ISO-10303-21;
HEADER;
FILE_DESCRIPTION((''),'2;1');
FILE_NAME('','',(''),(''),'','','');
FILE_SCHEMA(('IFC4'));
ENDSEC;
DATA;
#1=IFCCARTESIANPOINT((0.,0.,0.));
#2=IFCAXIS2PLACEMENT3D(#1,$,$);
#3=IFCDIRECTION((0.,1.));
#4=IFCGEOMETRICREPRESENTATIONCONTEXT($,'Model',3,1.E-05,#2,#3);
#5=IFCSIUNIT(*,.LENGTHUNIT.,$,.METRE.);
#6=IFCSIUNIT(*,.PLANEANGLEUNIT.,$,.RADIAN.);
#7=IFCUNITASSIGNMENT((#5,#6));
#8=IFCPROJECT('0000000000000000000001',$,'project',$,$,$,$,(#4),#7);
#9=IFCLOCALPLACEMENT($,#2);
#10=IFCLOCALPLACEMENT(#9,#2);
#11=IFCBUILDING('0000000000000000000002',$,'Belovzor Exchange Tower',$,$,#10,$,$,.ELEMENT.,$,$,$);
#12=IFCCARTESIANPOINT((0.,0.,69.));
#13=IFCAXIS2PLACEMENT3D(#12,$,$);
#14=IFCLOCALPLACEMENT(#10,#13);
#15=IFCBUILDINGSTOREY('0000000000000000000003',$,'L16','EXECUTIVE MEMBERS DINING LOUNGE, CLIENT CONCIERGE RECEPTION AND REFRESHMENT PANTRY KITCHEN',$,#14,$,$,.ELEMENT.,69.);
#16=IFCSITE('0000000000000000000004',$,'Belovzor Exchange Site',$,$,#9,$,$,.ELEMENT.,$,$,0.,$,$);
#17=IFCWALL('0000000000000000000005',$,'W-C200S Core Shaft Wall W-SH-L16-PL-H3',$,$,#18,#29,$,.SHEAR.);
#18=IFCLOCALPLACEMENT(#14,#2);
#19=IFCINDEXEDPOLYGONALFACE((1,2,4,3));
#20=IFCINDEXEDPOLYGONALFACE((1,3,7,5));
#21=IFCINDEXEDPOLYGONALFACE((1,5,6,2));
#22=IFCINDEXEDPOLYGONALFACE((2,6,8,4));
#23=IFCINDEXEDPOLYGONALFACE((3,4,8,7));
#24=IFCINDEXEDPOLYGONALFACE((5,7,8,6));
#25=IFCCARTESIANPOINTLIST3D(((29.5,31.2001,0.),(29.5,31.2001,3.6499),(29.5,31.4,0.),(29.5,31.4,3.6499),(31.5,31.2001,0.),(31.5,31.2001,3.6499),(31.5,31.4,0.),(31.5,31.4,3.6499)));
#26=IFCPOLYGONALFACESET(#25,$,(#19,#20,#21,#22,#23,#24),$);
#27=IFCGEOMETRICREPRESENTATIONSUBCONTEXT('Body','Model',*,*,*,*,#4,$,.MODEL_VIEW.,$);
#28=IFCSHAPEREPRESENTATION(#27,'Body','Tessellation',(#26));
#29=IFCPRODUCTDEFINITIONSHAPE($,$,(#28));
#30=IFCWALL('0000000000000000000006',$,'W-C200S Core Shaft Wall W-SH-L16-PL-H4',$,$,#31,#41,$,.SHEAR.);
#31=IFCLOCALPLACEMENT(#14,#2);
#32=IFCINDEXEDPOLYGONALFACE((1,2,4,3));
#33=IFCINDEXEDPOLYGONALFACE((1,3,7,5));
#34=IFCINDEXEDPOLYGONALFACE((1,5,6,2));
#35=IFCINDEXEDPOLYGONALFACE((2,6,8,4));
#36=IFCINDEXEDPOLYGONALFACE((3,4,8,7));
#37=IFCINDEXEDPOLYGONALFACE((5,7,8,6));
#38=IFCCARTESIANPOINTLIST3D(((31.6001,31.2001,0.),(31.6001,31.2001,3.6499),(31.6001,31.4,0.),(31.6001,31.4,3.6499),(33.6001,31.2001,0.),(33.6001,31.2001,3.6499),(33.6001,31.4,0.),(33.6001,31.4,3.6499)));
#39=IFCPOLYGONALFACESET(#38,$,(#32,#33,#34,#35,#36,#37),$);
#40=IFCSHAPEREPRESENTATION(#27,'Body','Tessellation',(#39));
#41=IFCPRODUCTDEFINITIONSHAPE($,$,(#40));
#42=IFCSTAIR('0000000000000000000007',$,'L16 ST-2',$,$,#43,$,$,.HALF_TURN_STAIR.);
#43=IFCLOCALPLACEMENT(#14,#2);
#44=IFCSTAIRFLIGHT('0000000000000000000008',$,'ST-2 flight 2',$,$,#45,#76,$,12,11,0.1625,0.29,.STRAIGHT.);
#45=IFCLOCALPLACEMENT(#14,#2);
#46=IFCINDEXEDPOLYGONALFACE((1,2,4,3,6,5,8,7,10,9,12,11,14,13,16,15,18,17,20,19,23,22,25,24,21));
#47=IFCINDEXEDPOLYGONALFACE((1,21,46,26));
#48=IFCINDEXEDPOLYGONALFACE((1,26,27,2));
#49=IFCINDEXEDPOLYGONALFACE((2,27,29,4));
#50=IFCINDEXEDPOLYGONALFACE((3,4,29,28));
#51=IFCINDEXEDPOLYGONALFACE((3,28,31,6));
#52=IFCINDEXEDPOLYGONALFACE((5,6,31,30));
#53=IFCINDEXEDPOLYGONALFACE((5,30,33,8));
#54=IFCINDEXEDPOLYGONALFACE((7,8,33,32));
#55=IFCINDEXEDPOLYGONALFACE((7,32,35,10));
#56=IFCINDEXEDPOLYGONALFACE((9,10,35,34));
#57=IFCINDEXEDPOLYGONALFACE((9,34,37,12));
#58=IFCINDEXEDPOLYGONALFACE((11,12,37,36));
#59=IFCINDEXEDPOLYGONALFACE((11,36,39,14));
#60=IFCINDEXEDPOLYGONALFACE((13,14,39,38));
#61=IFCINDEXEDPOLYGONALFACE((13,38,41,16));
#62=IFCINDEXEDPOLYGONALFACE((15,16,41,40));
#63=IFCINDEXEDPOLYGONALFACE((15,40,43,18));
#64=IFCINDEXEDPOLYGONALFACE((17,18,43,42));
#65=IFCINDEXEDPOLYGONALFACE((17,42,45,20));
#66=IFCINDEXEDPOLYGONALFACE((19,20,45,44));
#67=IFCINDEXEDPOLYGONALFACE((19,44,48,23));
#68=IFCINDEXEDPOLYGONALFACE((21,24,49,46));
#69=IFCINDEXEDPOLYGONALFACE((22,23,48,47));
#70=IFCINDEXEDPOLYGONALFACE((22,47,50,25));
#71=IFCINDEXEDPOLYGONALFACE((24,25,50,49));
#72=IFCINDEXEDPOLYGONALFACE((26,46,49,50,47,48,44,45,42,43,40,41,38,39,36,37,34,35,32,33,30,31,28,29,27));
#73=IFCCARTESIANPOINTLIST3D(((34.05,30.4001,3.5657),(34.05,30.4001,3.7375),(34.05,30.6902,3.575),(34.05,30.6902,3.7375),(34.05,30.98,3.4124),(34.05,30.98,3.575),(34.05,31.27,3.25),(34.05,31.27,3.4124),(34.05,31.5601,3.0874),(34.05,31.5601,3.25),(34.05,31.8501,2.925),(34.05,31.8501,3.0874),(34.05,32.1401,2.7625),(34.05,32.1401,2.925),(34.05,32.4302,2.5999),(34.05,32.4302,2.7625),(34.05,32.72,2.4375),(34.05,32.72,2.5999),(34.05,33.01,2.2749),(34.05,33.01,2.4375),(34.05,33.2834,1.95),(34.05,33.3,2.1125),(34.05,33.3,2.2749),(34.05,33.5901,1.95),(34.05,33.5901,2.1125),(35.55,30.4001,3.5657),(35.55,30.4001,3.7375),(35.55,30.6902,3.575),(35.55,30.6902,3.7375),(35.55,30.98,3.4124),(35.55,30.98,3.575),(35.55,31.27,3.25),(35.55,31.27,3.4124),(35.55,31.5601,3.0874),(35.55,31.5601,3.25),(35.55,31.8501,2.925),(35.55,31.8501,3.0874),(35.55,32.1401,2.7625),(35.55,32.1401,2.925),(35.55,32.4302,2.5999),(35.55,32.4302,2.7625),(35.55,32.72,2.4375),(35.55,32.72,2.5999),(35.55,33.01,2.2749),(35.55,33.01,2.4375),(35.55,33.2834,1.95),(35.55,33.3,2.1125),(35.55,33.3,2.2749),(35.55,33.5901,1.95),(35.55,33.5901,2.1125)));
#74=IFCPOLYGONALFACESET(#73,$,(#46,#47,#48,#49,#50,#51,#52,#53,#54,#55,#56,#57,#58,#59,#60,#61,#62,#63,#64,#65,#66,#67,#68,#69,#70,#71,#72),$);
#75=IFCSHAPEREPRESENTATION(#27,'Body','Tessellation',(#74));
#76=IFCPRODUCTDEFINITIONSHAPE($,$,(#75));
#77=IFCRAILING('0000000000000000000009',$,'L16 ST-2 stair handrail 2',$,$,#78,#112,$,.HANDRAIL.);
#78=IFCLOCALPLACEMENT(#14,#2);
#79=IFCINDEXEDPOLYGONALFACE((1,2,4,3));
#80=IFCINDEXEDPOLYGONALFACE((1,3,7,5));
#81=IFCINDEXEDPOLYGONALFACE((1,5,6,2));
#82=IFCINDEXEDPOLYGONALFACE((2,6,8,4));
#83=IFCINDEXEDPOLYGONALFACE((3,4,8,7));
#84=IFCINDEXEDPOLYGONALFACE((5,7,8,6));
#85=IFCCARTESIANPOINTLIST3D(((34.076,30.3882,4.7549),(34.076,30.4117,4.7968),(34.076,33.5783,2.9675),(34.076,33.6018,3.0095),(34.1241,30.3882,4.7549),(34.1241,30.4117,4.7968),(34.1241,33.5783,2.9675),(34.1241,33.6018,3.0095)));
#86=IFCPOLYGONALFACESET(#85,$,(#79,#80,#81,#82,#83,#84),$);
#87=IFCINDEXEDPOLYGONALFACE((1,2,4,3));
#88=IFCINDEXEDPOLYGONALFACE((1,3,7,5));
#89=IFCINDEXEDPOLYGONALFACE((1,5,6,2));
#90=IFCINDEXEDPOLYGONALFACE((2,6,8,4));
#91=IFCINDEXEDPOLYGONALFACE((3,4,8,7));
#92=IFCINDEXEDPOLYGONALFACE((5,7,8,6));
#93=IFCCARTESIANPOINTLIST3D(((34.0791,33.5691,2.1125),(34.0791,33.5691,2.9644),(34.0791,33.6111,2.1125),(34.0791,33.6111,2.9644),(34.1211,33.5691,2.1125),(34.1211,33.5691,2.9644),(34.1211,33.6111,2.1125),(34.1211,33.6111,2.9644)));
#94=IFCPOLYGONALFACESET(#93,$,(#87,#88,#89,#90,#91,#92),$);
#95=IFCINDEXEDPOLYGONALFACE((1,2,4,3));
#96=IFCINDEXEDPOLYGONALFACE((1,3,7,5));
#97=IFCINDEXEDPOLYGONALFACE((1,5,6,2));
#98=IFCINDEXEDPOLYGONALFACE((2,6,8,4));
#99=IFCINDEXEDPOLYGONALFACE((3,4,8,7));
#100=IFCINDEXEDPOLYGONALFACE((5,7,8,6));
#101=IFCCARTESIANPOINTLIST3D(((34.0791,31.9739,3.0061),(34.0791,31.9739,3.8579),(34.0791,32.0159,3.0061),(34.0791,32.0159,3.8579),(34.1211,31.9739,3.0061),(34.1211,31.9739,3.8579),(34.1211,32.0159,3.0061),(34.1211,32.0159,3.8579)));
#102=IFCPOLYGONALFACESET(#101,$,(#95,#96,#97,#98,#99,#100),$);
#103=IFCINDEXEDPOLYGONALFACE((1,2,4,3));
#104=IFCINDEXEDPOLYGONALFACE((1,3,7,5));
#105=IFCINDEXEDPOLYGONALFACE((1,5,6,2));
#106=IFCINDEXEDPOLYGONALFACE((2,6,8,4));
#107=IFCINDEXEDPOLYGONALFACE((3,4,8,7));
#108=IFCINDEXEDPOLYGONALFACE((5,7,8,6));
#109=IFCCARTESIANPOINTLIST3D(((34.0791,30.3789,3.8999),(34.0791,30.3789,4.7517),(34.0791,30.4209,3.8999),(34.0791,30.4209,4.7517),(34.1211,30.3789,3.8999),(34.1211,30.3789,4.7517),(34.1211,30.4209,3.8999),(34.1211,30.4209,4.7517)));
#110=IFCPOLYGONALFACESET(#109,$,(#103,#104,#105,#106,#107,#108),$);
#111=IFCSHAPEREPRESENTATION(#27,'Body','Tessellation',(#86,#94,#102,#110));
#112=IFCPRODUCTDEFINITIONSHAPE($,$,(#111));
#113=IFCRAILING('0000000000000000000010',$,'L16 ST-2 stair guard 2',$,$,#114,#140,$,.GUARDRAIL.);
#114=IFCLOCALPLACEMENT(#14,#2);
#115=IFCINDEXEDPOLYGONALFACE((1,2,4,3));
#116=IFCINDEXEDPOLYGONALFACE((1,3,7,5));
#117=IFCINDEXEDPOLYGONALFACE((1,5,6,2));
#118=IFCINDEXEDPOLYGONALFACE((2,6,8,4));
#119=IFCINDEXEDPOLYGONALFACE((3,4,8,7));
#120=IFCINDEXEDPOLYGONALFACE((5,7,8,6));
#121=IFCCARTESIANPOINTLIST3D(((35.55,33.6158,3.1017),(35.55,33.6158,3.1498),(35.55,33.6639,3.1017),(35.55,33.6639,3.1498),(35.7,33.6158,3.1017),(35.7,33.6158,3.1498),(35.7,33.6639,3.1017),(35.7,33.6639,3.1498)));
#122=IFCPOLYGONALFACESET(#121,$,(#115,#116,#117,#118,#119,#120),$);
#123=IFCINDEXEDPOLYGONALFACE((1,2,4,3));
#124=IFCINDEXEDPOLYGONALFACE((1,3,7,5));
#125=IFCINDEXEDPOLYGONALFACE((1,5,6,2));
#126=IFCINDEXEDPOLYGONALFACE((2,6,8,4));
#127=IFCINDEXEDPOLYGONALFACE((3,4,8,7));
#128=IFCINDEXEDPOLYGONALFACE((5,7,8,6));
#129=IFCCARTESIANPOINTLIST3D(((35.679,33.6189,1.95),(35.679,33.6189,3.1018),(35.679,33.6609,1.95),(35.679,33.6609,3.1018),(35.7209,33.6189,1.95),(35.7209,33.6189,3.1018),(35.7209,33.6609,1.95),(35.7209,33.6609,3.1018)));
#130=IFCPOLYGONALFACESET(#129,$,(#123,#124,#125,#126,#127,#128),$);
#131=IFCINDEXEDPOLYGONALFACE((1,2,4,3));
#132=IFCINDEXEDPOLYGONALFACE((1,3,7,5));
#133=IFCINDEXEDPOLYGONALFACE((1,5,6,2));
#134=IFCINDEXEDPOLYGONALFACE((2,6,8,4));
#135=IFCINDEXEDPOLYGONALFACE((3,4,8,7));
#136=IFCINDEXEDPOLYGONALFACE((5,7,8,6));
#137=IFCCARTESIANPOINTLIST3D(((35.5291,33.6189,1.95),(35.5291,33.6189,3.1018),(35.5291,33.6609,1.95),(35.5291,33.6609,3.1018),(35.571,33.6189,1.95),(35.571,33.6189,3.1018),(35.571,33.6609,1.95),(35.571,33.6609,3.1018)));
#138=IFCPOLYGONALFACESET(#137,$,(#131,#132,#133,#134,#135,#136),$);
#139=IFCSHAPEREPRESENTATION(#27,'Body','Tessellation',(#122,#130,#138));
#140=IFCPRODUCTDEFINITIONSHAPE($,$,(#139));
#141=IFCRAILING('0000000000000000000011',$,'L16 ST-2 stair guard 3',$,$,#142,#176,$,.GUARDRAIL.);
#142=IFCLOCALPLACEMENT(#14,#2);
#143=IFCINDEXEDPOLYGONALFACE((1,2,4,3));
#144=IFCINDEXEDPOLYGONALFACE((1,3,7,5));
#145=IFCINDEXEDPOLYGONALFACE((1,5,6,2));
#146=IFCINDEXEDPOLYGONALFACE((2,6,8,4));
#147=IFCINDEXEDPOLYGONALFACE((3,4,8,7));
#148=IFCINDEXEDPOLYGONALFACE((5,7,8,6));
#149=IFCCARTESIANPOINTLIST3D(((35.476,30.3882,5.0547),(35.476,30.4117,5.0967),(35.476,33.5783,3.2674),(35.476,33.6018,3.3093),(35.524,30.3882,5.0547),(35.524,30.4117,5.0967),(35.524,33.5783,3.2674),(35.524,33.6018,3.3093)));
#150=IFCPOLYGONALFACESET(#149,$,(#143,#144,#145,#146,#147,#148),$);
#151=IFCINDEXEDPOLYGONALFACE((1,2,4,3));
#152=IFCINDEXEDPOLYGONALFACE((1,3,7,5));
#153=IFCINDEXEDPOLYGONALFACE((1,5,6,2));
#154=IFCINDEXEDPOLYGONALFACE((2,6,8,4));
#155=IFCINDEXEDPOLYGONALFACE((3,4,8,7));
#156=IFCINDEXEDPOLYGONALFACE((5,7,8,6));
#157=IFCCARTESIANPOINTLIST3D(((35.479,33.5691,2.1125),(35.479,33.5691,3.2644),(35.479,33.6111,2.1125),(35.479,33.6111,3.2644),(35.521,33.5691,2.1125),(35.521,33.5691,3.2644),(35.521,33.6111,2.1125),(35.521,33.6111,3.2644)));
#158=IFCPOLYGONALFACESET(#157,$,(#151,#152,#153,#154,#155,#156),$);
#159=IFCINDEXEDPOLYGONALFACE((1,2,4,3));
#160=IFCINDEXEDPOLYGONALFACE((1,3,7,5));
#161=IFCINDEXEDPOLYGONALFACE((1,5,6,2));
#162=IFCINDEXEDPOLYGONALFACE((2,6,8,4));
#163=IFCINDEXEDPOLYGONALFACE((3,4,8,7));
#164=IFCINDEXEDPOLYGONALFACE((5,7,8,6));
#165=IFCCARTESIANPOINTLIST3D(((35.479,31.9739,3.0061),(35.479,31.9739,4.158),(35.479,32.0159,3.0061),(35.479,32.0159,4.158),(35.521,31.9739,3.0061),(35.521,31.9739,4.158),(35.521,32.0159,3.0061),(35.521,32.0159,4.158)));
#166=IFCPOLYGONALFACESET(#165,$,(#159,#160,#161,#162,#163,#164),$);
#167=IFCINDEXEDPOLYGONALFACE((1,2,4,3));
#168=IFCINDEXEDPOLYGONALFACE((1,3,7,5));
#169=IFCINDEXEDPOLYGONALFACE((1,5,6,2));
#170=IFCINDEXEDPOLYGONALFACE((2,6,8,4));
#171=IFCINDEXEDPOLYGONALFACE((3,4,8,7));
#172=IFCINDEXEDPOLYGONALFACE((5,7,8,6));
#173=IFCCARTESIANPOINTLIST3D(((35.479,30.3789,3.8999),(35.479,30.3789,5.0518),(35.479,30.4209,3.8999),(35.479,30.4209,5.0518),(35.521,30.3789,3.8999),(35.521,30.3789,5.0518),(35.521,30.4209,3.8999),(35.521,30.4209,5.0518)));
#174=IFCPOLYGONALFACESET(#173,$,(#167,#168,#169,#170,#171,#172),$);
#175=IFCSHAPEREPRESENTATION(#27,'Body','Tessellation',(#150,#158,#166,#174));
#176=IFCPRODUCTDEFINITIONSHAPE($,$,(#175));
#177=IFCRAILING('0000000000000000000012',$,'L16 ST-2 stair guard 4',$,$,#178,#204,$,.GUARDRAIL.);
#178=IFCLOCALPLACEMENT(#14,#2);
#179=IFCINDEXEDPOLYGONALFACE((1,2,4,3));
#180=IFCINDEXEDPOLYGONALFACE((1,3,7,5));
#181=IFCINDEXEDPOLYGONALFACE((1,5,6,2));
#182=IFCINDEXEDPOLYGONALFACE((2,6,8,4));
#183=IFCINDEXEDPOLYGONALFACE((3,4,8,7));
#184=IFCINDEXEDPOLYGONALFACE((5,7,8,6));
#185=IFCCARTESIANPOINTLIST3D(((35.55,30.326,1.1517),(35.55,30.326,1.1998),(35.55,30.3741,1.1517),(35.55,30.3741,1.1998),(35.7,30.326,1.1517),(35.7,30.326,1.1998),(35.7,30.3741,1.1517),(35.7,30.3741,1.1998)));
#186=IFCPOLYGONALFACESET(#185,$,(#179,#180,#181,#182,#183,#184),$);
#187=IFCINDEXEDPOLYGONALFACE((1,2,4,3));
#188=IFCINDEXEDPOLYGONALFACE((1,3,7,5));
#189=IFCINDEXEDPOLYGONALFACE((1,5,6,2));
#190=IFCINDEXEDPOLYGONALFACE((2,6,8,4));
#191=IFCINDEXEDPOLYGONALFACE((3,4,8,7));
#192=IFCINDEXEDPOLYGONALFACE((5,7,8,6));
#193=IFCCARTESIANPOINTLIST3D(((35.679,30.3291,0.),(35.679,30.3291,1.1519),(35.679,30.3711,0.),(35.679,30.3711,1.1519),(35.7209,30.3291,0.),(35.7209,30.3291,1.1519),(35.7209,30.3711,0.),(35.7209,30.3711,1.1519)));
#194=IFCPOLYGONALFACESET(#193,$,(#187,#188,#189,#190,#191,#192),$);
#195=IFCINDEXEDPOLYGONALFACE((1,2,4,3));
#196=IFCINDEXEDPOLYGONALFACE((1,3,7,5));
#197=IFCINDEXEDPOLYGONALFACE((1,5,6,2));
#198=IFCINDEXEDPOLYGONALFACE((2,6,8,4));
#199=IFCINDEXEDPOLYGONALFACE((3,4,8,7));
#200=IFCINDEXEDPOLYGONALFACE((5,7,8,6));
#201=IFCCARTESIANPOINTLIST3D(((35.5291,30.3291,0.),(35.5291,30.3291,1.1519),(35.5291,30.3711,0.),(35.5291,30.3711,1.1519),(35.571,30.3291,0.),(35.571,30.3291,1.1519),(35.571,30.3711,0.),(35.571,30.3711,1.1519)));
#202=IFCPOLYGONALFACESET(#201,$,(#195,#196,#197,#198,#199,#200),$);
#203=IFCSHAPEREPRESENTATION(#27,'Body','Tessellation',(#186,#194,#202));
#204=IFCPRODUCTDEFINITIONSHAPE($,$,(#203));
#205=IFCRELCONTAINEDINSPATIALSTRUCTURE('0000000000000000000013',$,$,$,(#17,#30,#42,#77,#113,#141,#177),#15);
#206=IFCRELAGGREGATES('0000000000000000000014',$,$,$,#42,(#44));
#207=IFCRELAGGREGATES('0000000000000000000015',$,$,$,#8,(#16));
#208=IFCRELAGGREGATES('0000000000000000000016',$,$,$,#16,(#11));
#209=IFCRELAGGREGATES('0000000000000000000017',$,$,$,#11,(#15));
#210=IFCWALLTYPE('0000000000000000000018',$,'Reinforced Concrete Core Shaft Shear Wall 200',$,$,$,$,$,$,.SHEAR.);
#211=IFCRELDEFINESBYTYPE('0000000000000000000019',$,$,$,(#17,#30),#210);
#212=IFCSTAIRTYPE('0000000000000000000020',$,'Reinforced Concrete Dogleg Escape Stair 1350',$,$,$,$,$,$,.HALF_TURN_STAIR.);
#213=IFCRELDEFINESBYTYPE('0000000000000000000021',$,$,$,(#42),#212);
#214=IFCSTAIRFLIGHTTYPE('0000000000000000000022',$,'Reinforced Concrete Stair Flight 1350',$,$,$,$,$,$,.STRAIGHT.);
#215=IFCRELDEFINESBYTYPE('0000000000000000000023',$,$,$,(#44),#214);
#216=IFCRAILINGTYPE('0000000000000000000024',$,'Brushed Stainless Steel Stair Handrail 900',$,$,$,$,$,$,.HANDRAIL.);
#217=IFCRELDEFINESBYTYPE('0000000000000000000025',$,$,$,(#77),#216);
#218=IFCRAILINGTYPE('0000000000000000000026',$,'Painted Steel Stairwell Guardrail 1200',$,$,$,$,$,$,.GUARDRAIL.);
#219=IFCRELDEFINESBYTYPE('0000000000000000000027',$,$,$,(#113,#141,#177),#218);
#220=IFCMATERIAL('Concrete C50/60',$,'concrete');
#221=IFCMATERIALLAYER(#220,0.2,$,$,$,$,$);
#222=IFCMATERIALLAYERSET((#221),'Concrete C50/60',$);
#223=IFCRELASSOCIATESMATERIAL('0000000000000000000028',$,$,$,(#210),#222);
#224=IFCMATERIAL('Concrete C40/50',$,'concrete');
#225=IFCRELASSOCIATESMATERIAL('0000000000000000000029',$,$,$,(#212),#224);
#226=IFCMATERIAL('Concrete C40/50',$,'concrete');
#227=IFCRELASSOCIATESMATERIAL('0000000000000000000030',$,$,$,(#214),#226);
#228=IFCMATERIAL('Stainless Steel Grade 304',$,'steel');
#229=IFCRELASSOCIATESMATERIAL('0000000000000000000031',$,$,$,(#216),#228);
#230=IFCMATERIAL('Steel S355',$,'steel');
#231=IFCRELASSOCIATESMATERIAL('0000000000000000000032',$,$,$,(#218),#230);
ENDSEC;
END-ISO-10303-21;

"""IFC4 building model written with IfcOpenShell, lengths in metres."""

from ifc_helpers import new_model, si_unit, direction, frame, frame_2d, origin, origin_2d, place, context, subcontext, project, spatial, polyline, rectangle, outline, extrude, material, layer, layer_set, type_object, element, aggregate, save


model = new_model("IFC4")

# Units and contexts
model_context = context("Model", 3, precision=1e-05, world=origin(), true_north=direction((0.0, 1.0)))
body_context = subcontext(model_context, "Body", "Model", "MODEL_VIEW")
ifc_project = project(units=[si_unit("LENGTHUNIT", "METRE"), si_unit("PLANEANGLEUNIT", "RADIAN")], contexts=[model_context])

# Site, building, storey
site_placement = place(None, origin())
site = spatial("IfcSite", under=ifc_project, at=site_placement, Name="Belovzor Exchange Site", CompositionType="ELEMENT", RefElevation=0.0)
building_placement = place(site_placement, origin())
building = spatial("IfcBuilding", under=site, at=building_placement, Name="Belovzor Exchange Tower", CompositionType="ELEMENT")
storey_placement = place(building_placement, frame((0.0, 0.0, 69.0)))
storey = spatial("IfcBuildingStorey", under=building, at=storey_placement, Name="L16", Description="EXECUTIVE MEMBERS DINING LOUNGE, CLIENT CONCIERGE RECEPTION AND REFRESHMENT PANTRY KITCHEN", CompositionType="ELEMENT", Elevation=69.0)

# Walls
ifc_material_1 = material(Name="Concrete C50/60", Category="concrete")
ifc_layer_1 = layer(ifc_material_1, 0.2)
ifc_layer_set_1 = layer_set([ifc_layer_1], Name="Concrete C50/60")
wall_type_1 = type_object("IfcWallType", Name="Reinforced Concrete Core Shaft Shear Wall 200", PredefinedType="SHEAR", material=ifc_layer_set_1)
for number, where, z_axis, x_axis, name in (
    (1, (29.5, 31.3, 0.0), (0.0, 0.0, 1.0), (1.0, 0.0, 0.0), "W-C200S Core Shaft Wall W-SH-L16-PL-H3"),
    (2, (31.6001, 31.3, 0.0), (0.0, 0.0, 1.0), (1.0, 0.0, 0.0), "W-C200S Core Shaft Wall W-SH-L16-PL-H4"),
):
    element("IfcWall", number, at=place(storey_placement, frame(where, z_axis=z_axis, x_axis=x_axis)), inside=storey, type_object=wall_type_1, Name=name, PredefinedType="SHEAR", context=body_context, shape_type="SweptSolid", body=[
        extrude(rectangle(XDim=2.0, YDim=0.2, at=frame_2d((1.0, 0.0))), origin(), (0.0, 0.0, 1.0), 3.6499),
    ])

# Stair, stair flight
ifc_material_2 = material(Name="Concrete C40/50", Category="concrete")
stair_type = type_object("IfcStairType", Name="Reinforced Concrete Dogleg Escape Stair 1350", PredefinedType="HALF_TURN_STAIR", material=ifc_material_2)
stair_placement = place(storey_placement, origin())
stair = element("IfcStair", 3, at=stair_placement, inside=storey, type_object=stair_type, Name="L16 ST-2", PredefinedType="HALF_TURN_STAIR")
ifc_material_3 = material(Name="Concrete C40/50", Category="concrete")
stair_flight_type = type_object("IfcStairFlightType", Name="Reinforced Concrete Stair Flight 1350", PredefinedType="STRAIGHT", material=ifc_material_3)
stair_flight_placement = place(storey_placement, frame((34.8, 33.5901, 1.95), z_axis=(0.0, 0.0, 1.0), x_axis=(0.0, -1.0, 0.0)))
stair_flight = element("IfcStairFlight", 4, at=stair_flight_placement, type_object=stair_flight_type, Name="ST-2 flight 2", NumberOfRisers=12, NumberOfTreads=11, PredefinedType="STRAIGHT", RiserHeight=0.1625, TreadLength=0.29, context=body_context, shape_type="SweptSolid", body=[
    extrude(outline(polyline([(0.0, 0.0), (0.0, 0.1626), (0.29, 0.1626), (0.29, 0.325), (0.5801, 0.325), (0.5801, 0.4875), (0.8701, 0.4875), (0.8701, 0.6499), (1.1599, 0.6499), (1.1599, 0.8125), (1.45, 0.8125), (1.45, 0.9751), (1.74, 0.9751), (1.74, 1.1375), (2.03, 1.1375), (2.03, 1.3), (2.3201, 1.3), (2.3201, 1.4624), (2.6101, 1.4624), (2.6101, 1.625), (2.8999, 1.625), (2.8999, 1.7876), (3.1899, 1.7876), (3.1899, 1.95), (3.1899, 1.6157), (0.3066, 0.0), (0.0, 0.0)])), frame((0.0, 0.75, 0.0), z_axis=(0.0, -1.0, 0.0), x_axis=(1.0, 0.0, 0.0)), (0.0, 0.0, 1.0), 1.5),
])
aggregate(stair, [stair_flight])

# Railings
ifc_material_4 = material(Name="Stainless Steel Grade 304", Category="steel")
railing_type_1 = type_object("IfcRailingType", Name="Brushed Stainless Steel Stair Handrail 900", PredefinedType="HANDRAIL", material=ifc_material_4)
railing_1_placement = place(storey_placement, frame((34.1001, 33.5901, 2.1125)))
element("IfcRailing", 5, at=railing_1_placement, inside=storey, type_object=railing_type_1, Name="L16 ST-2 stair handrail 2", PredefinedType="HANDRAIL", context=body_context, shape_type="SweptSolid", body=[
    extrude(rectangle(XDim=0.0481, YDim=0.0481, at=origin_2d()), frame((0.0, 0.0, 0.876), z_axis=(0.0, -0.872407, 0.48878), x_axis=(1.0, 0.0, 0.0)), (0.0, 0.0, 1.0), 3.6567),
    extrude(rectangle(XDim=0.042, YDim=0.042, at=origin_2d()), origin(), (0.0, 0.0, 1.0), 0.8518),
    extrude(rectangle(XDim=0.042, YDim=0.042, at=origin_2d()), frame((0.0, -1.5952, 0.8936)), (0.0, 0.0, 1.0), 0.8518),
    extrude(rectangle(XDim=0.042, YDim=0.042, at=origin_2d()), frame((0.0, -3.1902, 1.7874)), (0.0, 0.0, 1.0), 0.8518),
])
ifc_material_5 = material(Name="Steel S355", Category="steel")
railing_type_2 = type_object("IfcRailingType", Name="Painted Steel Stairwell Guardrail 1200", PredefinedType="GUARDRAIL", material=ifc_material_5)
railing_2_placement = place(storey_placement, frame((35.7, 33.6399, 1.95)))
element("IfcRailing", 6, at=railing_2_placement, inside=storey, type_object=railing_type_2, Name="L16 ST-2 stair guard 2", PredefinedType="GUARDRAIL", context=body_context, shape_type="SweptSolid", body=[
    extrude(rectangle(XDim=0.0481, YDim=0.0481, at=origin_2d()), frame((0.0, 0.0, 1.1758), z_axis=(-1.0, 0.0, 0.0), x_axis=(0.0, -1.0, 0.0)), (0.0, 0.0, 1.0), 0.1499),
    extrude(rectangle(XDim=0.042, YDim=0.042, at=origin_2d()), origin(), (0.0, 0.0, 1.0), 1.1519),
    extrude(rectangle(XDim=0.042, YDim=0.042, at=origin_2d()), frame((-0.1499, 0.0, 0.0)), (0.0, 0.0, 1.0), 1.1519),
])
railing_3_placement = place(storey_placement, frame((35.5, 33.5901, 2.1125)))
element("IfcRailing", 7, at=railing_3_placement, inside=storey, type_object=railing_type_2, Name="L16 ST-2 stair guard 3", PredefinedType="GUARDRAIL", context=body_context, shape_type="SweptSolid", body=[
    extrude(rectangle(XDim=0.0481, YDim=0.0481, at=origin_2d()), frame((0.0, 0.0, 1.1758), z_axis=(0.0, -0.872407, 0.48878), x_axis=(1.0, 0.0, 0.0)), (0.0, 0.0, 1.0), 3.6567),
    extrude(rectangle(XDim=0.042, YDim=0.042, at=origin_2d()), origin(), (0.0, 0.0, 1.0), 1.1519),
    extrude(rectangle(XDim=0.042, YDim=0.042, at=origin_2d()), frame((0.0, -1.5952, 0.8936)), (0.0, 0.0, 1.0), 1.1519),
    extrude(rectangle(XDim=0.042, YDim=0.042, at=origin_2d()), frame((0.0, -3.1902, 1.7874)), (0.0, 0.0, 1.0), 1.1519),
])
railing_4_placement = place(storey_placement, frame((35.7, 30.3501, 0.0)))
element("IfcRailing", 8, at=railing_4_placement, inside=storey, type_object=railing_type_2, Name="L16 ST-2 stair guard 4", PredefinedType="GUARDRAIL", context=body_context, shape_type="SweptSolid", body=[
    extrude(rectangle(XDim=0.0481, YDim=0.0481, at=origin_2d()), frame((0.0, 0.0, 1.1758), z_axis=(-1.0, 0.0, 0.0), x_axis=(0.0, -1.0, 0.0)), (0.0, 0.0, 1.0), 0.1499),
    extrude(rectangle(XDim=0.042, YDim=0.042, at=origin_2d()), origin(), (0.0, 0.0, 1.0), 1.1519),
    extrude(rectangle(XDim=0.042, YDim=0.042, at=origin_2d()), frame((-0.1499, 0.0, 0.0)), (0.0, 0.0, 1.0), 1.1519),
])

save(model, "model.ifc")
